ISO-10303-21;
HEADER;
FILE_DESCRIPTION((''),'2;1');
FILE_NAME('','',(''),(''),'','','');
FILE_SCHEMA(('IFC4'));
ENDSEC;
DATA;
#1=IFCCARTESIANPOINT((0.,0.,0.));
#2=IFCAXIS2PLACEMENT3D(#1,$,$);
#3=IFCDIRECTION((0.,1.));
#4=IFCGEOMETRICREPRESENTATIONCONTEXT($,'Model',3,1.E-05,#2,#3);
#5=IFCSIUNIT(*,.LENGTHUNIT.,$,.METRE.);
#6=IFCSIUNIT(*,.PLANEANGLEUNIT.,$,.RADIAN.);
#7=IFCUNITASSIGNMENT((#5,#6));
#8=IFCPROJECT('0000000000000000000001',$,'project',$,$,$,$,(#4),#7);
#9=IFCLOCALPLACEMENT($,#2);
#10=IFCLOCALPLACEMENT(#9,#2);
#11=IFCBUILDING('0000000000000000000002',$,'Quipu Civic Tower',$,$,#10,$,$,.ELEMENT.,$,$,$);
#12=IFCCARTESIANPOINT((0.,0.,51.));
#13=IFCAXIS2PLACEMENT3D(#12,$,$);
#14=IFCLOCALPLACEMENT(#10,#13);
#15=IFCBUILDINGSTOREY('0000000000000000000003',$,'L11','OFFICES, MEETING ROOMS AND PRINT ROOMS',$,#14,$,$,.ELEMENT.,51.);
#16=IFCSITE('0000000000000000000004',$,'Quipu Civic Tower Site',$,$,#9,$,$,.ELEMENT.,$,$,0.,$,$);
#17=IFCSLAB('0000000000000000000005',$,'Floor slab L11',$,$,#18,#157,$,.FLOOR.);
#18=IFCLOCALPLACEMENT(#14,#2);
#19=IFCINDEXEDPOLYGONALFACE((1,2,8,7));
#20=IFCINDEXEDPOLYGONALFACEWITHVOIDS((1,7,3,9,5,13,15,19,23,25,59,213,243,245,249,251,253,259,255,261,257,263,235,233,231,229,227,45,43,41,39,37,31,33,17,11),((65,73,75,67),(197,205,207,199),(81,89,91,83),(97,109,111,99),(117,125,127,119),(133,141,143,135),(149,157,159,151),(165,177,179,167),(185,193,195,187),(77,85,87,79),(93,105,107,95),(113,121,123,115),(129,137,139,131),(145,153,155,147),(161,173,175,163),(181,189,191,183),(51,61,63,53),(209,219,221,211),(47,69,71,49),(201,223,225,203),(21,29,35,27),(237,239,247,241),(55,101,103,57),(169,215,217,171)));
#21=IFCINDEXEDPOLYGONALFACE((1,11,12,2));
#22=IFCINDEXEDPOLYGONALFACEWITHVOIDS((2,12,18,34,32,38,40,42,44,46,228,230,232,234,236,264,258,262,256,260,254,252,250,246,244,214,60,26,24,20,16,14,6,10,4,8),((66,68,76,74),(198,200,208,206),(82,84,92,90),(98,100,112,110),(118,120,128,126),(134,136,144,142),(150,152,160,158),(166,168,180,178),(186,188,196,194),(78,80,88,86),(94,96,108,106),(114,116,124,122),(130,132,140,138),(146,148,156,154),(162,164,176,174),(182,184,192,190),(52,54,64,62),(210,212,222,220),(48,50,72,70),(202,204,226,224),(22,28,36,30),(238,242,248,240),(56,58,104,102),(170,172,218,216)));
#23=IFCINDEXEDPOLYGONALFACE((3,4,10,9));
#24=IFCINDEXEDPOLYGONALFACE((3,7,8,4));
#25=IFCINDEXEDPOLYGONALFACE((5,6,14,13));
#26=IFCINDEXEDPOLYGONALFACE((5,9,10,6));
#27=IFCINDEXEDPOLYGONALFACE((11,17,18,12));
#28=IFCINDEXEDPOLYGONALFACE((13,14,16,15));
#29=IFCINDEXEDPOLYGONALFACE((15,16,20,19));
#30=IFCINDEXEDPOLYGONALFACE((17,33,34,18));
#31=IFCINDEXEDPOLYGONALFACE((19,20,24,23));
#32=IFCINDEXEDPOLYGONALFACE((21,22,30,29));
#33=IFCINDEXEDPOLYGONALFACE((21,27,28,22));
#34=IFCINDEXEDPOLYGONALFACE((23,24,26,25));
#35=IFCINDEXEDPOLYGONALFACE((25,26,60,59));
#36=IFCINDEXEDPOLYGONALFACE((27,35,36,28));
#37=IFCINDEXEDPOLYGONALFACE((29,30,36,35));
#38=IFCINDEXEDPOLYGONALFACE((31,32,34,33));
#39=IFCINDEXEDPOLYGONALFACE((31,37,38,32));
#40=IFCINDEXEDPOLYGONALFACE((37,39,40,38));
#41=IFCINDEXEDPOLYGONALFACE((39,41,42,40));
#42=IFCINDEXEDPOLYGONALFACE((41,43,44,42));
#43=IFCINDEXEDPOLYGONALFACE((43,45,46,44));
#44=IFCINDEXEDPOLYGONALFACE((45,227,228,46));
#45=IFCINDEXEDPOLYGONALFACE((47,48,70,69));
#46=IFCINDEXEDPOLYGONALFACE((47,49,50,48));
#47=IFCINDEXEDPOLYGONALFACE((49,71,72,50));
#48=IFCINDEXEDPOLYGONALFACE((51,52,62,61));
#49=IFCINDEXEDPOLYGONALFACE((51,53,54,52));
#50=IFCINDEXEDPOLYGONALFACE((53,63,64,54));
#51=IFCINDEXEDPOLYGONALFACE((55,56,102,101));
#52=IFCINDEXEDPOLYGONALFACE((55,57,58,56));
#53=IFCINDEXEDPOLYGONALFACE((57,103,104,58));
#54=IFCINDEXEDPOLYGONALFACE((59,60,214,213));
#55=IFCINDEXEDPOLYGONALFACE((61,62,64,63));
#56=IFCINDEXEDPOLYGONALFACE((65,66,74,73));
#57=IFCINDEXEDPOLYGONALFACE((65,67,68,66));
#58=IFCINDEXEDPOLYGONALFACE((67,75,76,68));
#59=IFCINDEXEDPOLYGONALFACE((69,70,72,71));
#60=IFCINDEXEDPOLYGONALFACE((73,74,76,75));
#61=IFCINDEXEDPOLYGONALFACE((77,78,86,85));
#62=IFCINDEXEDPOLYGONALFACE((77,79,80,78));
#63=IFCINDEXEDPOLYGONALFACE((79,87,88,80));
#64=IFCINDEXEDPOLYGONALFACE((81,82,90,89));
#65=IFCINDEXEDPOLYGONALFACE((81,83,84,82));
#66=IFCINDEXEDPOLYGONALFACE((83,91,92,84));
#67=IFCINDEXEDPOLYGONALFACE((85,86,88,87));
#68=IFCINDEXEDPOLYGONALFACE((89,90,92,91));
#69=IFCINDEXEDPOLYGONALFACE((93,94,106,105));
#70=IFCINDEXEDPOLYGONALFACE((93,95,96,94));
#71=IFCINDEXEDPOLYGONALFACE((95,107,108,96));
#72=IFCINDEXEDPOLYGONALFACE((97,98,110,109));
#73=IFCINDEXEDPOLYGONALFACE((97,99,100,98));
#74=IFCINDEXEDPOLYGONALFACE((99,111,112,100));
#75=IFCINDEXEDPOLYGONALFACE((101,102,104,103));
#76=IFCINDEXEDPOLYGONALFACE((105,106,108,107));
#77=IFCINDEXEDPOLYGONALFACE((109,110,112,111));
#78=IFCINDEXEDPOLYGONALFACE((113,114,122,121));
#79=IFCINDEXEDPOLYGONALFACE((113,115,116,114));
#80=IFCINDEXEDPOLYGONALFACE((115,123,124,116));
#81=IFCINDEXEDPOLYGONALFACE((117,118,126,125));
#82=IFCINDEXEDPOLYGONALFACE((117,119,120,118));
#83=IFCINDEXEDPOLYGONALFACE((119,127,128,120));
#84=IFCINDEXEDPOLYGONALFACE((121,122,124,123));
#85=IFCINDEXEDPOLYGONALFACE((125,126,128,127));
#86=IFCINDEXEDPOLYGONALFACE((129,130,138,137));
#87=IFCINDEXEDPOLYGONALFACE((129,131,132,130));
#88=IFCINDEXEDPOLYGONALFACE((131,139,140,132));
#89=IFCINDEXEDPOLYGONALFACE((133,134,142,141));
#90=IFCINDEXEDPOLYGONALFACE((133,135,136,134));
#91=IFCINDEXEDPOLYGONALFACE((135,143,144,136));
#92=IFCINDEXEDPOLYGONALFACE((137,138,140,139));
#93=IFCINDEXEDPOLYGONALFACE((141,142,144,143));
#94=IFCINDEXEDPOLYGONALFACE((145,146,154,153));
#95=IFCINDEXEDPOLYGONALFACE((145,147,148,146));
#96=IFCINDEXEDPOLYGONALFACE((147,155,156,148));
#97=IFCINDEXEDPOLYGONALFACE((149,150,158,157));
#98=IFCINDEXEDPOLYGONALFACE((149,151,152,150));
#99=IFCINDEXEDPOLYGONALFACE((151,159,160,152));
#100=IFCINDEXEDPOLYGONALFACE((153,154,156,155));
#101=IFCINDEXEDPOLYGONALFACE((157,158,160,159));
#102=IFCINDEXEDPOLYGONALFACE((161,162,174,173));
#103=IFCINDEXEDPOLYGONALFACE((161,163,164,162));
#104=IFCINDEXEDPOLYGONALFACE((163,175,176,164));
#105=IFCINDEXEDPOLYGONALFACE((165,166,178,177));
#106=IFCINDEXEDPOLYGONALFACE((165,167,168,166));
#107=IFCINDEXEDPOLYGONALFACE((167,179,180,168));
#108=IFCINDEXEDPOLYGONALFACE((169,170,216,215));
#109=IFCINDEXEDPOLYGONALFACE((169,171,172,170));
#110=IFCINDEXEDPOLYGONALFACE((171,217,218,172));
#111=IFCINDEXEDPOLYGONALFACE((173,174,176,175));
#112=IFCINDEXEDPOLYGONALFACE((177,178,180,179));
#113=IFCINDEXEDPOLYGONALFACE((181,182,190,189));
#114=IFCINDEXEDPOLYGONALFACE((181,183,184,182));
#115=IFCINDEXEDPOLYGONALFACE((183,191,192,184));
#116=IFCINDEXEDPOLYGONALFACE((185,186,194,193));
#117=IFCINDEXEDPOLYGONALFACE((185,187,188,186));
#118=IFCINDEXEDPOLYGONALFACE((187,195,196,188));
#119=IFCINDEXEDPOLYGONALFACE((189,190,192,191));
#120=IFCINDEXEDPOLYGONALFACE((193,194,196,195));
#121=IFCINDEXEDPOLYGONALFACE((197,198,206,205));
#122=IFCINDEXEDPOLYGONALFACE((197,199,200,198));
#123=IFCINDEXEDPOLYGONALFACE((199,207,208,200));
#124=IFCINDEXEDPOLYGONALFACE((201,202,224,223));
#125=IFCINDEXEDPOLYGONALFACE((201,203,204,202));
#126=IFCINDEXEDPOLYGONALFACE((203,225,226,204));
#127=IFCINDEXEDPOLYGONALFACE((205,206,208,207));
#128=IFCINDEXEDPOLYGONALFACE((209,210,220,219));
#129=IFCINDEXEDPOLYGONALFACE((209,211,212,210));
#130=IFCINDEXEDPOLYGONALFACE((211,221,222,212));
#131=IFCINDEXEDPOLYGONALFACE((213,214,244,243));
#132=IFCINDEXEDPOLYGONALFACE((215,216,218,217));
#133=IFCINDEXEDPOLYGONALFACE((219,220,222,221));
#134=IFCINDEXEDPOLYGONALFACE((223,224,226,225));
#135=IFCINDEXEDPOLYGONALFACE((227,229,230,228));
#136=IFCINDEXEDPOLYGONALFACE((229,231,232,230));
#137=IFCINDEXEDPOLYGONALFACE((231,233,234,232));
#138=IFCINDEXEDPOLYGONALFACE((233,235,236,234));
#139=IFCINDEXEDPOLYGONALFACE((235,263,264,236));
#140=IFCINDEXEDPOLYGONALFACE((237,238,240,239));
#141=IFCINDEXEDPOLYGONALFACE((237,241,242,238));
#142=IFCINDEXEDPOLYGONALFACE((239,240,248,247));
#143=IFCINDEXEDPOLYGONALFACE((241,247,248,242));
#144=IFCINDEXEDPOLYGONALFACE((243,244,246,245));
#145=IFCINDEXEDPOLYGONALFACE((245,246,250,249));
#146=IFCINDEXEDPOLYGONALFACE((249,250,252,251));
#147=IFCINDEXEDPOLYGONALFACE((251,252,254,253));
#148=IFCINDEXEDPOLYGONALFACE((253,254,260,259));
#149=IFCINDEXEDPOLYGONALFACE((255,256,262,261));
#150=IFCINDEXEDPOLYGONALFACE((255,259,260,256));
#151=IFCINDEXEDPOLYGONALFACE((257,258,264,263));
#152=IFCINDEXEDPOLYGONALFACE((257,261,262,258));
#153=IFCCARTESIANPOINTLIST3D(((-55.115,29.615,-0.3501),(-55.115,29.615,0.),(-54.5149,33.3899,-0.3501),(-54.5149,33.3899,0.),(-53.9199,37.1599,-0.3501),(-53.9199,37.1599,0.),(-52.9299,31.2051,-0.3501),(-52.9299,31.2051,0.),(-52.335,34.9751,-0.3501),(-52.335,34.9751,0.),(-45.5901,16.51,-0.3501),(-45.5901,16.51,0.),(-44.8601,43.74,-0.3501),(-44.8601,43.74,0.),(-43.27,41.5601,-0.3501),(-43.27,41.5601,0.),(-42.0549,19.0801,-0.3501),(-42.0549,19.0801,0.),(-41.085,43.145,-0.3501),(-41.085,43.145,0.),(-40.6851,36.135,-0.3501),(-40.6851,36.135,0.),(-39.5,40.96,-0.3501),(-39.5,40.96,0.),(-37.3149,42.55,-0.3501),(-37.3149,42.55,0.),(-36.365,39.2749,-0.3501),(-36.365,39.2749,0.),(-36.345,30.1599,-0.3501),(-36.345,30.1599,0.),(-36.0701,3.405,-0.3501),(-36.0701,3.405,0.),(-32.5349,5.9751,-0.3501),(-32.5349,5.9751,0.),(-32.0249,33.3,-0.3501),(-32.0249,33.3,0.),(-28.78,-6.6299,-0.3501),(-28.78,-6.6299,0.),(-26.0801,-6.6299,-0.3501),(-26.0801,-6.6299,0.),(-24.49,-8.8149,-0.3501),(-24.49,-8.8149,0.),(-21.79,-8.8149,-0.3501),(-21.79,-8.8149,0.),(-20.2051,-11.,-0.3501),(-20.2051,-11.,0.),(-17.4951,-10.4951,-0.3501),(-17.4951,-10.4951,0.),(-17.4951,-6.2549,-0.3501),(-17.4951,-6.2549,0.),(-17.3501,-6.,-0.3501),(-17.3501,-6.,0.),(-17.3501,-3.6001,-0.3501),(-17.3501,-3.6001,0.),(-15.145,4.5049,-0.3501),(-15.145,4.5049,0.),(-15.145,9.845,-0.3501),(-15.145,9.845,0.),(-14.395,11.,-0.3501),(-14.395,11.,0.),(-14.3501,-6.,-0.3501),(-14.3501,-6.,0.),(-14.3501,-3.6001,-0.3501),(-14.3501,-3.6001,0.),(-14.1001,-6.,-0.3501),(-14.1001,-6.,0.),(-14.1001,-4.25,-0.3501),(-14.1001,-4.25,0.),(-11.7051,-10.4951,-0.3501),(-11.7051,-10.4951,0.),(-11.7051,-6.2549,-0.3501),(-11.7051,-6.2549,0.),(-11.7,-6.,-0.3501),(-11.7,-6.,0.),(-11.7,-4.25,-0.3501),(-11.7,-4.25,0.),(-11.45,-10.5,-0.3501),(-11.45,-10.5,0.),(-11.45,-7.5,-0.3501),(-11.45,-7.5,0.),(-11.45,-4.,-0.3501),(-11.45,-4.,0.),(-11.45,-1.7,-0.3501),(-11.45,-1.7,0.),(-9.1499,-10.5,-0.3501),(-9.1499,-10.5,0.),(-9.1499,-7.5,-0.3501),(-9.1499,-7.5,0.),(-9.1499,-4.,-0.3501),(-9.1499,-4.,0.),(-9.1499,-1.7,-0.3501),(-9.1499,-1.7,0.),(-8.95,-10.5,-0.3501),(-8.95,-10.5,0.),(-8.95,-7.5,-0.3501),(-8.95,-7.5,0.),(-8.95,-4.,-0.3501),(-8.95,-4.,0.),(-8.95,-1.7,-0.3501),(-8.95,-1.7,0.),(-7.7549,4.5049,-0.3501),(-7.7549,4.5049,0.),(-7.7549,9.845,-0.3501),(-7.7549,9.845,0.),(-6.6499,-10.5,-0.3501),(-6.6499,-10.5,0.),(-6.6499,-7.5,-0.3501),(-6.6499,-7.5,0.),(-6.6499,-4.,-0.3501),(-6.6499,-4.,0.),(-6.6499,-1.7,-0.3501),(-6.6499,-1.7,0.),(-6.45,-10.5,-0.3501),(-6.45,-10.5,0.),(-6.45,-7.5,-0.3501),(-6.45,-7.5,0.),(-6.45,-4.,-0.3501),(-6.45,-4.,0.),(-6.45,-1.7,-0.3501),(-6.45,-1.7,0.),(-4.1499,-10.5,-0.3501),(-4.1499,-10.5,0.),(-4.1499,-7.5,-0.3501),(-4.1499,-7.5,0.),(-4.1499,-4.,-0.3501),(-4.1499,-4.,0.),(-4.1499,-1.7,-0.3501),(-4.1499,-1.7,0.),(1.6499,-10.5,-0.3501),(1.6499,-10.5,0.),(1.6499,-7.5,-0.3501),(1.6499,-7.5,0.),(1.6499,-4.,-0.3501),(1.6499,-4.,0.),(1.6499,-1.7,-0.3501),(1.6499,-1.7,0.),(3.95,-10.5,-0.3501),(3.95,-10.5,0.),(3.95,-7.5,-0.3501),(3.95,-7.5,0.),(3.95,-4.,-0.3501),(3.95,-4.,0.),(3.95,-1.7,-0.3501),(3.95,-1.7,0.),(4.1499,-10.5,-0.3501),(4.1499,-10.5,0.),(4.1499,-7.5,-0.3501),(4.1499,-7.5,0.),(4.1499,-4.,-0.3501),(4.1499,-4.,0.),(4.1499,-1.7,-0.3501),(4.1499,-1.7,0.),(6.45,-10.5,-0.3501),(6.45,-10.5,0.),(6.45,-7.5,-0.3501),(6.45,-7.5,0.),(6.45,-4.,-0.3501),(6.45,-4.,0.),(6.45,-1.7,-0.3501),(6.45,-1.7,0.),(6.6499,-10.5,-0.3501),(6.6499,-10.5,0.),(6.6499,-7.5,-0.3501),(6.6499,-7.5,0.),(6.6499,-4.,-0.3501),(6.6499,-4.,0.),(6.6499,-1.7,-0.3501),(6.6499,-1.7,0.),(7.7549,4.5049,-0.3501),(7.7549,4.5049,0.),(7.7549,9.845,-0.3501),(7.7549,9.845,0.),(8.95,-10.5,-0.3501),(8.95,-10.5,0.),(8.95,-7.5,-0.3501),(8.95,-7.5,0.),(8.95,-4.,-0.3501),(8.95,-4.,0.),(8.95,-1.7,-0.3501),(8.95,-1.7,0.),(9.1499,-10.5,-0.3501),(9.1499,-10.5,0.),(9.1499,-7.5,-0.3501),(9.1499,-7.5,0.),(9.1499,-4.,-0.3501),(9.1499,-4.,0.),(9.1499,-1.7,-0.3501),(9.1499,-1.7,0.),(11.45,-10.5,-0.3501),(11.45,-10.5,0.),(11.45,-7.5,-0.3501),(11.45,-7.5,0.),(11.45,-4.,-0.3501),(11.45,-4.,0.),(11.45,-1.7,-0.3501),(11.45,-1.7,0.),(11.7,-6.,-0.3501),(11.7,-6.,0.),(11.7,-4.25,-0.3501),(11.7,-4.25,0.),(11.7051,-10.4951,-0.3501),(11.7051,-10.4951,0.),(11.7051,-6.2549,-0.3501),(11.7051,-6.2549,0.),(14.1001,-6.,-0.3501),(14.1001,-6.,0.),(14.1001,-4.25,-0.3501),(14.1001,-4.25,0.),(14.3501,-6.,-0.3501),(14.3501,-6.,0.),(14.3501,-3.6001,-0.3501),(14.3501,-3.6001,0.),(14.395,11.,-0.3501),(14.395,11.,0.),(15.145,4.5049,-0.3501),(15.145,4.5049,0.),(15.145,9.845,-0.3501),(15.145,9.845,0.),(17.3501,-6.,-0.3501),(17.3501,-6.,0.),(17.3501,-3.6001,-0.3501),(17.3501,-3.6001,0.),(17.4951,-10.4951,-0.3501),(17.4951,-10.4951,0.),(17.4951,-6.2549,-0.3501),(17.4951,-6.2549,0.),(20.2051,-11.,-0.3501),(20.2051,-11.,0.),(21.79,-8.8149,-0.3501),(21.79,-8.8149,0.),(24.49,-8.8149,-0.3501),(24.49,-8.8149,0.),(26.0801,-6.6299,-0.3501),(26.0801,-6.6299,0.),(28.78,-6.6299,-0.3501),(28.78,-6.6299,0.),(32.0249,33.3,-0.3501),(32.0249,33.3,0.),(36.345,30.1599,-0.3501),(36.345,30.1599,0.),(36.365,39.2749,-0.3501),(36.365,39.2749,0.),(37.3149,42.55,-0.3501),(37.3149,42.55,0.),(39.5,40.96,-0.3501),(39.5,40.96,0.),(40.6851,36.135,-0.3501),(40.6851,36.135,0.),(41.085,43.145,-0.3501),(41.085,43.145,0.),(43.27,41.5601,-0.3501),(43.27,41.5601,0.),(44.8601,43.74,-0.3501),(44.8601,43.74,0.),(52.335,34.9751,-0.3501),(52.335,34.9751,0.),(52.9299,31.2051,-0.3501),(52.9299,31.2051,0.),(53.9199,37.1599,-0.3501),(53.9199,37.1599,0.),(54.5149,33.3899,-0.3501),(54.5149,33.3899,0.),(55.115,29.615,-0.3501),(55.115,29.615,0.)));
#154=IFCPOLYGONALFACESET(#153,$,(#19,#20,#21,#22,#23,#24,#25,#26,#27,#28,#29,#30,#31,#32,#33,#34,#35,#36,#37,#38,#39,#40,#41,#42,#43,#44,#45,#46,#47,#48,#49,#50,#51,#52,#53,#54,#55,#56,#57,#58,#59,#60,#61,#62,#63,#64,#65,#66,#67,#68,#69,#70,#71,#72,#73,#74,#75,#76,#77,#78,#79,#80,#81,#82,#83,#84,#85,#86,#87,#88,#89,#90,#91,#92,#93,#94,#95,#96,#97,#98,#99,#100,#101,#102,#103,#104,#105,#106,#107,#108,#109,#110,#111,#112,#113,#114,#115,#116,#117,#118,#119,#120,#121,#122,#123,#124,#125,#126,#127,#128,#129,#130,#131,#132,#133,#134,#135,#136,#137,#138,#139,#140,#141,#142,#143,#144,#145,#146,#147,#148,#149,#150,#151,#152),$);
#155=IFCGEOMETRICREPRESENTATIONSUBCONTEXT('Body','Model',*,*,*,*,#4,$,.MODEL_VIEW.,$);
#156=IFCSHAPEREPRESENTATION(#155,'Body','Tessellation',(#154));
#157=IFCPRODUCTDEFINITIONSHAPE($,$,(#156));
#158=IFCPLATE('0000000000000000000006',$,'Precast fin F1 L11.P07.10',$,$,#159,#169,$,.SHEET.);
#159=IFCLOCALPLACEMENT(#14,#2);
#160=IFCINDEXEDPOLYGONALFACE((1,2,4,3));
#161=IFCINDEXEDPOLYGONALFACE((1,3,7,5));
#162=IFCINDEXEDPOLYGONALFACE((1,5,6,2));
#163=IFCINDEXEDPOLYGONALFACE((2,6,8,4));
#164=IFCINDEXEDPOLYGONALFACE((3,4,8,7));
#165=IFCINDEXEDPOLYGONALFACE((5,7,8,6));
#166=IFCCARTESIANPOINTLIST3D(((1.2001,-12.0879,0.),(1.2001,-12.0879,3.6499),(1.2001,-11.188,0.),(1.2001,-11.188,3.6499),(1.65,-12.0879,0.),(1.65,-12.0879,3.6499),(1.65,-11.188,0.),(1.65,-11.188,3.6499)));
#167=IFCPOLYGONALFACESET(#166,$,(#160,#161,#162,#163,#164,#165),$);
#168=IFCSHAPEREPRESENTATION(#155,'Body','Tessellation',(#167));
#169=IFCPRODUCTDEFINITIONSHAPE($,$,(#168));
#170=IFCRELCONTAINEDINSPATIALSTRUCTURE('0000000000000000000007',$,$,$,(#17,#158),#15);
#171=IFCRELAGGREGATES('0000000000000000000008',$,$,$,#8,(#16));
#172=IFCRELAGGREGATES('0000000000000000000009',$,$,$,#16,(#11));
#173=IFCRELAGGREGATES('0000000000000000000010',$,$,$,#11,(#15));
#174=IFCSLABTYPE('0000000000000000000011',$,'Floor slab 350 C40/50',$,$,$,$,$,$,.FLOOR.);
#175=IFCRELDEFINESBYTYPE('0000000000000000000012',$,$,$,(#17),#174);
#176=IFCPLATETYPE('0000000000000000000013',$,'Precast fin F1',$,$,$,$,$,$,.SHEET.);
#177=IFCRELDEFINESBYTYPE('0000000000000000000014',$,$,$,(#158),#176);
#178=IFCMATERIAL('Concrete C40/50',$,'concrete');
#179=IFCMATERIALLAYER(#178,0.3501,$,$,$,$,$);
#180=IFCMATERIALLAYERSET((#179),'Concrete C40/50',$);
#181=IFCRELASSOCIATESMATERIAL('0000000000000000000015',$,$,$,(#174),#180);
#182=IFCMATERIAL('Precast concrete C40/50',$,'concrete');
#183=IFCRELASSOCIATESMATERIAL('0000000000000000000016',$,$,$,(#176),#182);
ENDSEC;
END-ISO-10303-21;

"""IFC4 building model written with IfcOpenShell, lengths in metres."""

from ifc_helpers import new_model, si_unit, direction, frame, origin, origin_2d, place, context, subcontext, project, spatial, polyline, rectangle, outline, extrude, material, layer, layer_set, type_object, element, save


model = new_model("IFC4")

# Units and contexts
model_context = context("Model", 3, precision=1e-05, world=origin(), true_north=direction((0.0, 1.0)))
body_context = subcontext(model_context, "Body", "Model", "MODEL_VIEW")
ifc_project = project(units=[si_unit("LENGTHUNIT", "METRE"), si_unit("PLANEANGLEUNIT", "RADIAN")], contexts=[model_context])

# Site, building, storey
site_placement = place(None, origin())
site = spatial("IfcSite", under=ifc_project, at=site_placement, Name="Quipu Civic Tower Site", CompositionType="ELEMENT", RefElevation=0.0)
building_placement = place(site_placement, origin())
building = spatial("IfcBuilding", under=site, at=building_placement, Name="Quipu Civic Tower", CompositionType="ELEMENT")
storey_placement = place(building_placement, frame((0.0, 0.0, 51.0)))
storey = spatial("IfcBuildingStorey", under=building, at=storey_placement, Name="L11", Description="OFFICES, MEETING ROOMS AND PRINT ROOMS", CompositionType="ELEMENT", Elevation=51.0)

# Slab
ifc_material_1 = material(Name="Concrete C40/50", Category="concrete")
ifc_layer_1 = layer(ifc_material_1, 0.3501)
ifc_layer_set_1 = layer_set([ifc_layer_1], Name="Concrete C40/50")
slab_type_1 = type_object("IfcSlabType", Name="Floor slab 350 C40/50", PredefinedType="FLOOR", material=ifc_layer_set_1)
slab_1_placement = place(storey_placement, frame((0.0, 0.0, -0.3501)))
element("IfcSlab", 1, at=slab_1_placement, inside=storey, type_object=slab_type_1, Name="Floor slab L11", PredefinedType="FLOOR", context=body_context, shape_type="SweptSolid", body=[
    extrude(outline(polyline([(-54.5149, 33.3899), (-52.335, 34.9751), (-53.9199, 37.1599), (-44.8601, 43.74), (-43.27, 41.5601), (-41.085, 43.145), (-39.5, 40.96), (-37.3149, 42.55), (-14.395, 11.0), (14.395, 11.0), (37.3149, 42.55), (39.5, 40.96), (41.085, 43.145), (43.27, 41.5601), (44.8601, 43.74), (53.9199, 37.1599), (52.335, 34.9751), (54.5149, 33.3899), (52.9299, 31.2051), (55.115, 29.615), (28.78, -6.6299), (26.0801, -6.6299), (24.49, -8.8149), (21.79, -8.8149), (20.2051, -11.0), (-20.2051, -11.0), (-21.79, -8.8149), (-24.49, -8.8149), (-26.0801, -6.6299), (-28.78, -6.6299), (-36.0701, 3.405), (-32.5349, 5.9751), (-42.0549, 19.0801), (-45.5901, 16.51), (-55.115, 29.615), (-52.9299, 31.2051), (-54.5149, 33.3899)]), holes=[polyline([(-11.45, -7.5), (-11.45, -10.5), (-9.1499, -10.5), (-9.1499, -7.5), (-11.45, -7.5)]), polyline([(-6.6499, -7.5), (-8.95, -7.5), (-8.95, -10.5), (-6.6499, -10.5), (-6.6499, -7.5)]), polyline([(-4.1499, -7.5), (-6.45, -7.5), (-6.45, -10.5), (-4.1499, -10.5), (-4.1499, -7.5)]), polyline([(1.6499, -7.5), (1.6499, -10.5), (3.95, -10.5), (3.95, -7.5), (1.6499, -7.5)]), polyline([(-11.7051, -10.4951), (-11.7051, -6.2549), (-17.4951, -6.2549), (-17.4951, -10.4951), (-11.7051, -10.4951)]), polyline([(-11.7, -4.25), (-14.1001, -4.25), (-14.1001, -6.0), (-11.7, -6.0), (-11.7, -4.25)]), polyline([(-17.3501, -3.6001), (-17.3501, -6.0), (-14.3501, -6.0), (-14.3501, -3.6001), (-17.3501, -3.6001)]), polyline([(-9.1499, -1.7), (-11.45, -1.7), (-11.45, -4.0), (-9.1499, -4.0), (-9.1499, -1.7)]), polyline([(-6.6499, -1.7), (-8.95, -1.7), (-8.95, -4.0), (-6.6499, -4.0), (-6.6499, -1.7)]), polyline([(-6.45, -1.7), (-6.45, -4.0), (-4.1499, -4.0), (-4.1499, -1.7), (-6.45, -1.7)]), polyline([(-7.7549, 4.5049), (-7.7549, 9.845), (-15.145, 9.845), (-15.145, 4.5049), (-7.7549, 4.5049)]), polyline([(-36.365, 39.2749), (-40.6851, 36.135), (-36.345, 30.1599), (-32.0249, 33.3), (-36.365, 39.2749)]), polyline([(4.1499, -7.5), (4.1499, -10.5), (6.45, -10.5), (6.45, -7.5), (4.1499, -7.5)]), polyline([(8.95, -7.5), (6.6499, -7.5), (6.6499, -10.5), (8.95, -10.5), (8.95, -7.5)]), polyline([(11.45, -7.5), (9.1499, -7.5), (9.1499, -10.5), (11.45, -10.5), (11.45, -7.5)]), polyline([(11.7051, -10.4951), (17.4951, -10.4951), (17.4951, -6.2549), (11.7051, -6.2549), (11.7051, -10.4951)]), polyline([(14.1001, -4.25), (11.7, -4.25), (11.7, -6.0), (14.1001, -6.0), (14.1001, -4.25)]), polyline([(17.3501, -3.6001), (14.3501, -3.6001), (14.3501, -6.0), (17.3501, -6.0), (17.3501, -3.6001)]), polyline([(1.6499, -1.7), (1.6499, -4.0), (3.95, -4.0), (3.95, -1.7), (1.6499, -1.7)]), polyline([(6.45, -1.7), (4.1499, -1.7), (4.1499, -4.0), (6.45, -4.0), (6.45, -1.7)]), polyline([(8.95, -1.7), (6.6499, -1.7), (6.6499, -4.0), (8.95, -4.0), (8.95, -1.7)]), polyline([(9.1499, -1.7), (9.1499, -4.0), (11.45, -4.0), (11.45, -1.7), (9.1499, -1.7)]), polyline([(7.7549, 9.845), (7.7549, 4.5049), (15.145, 4.5049), (15.145, 9.845), (7.7549, 9.845)]), polyline([(40.6851, 36.135), (36.365, 39.2749), (32.0249, 33.3), (36.345, 30.1599), (40.6851, 36.135)])]), origin(), (0.0, 0.0, 1.0), 0.3501),
])

# Plate
ifc_material_2 = material(Name="Precast concrete C40/50", Category="concrete")
plate_type = type_object("IfcPlateType", Name="Precast fin F1", PredefinedType="SHEET", material=ifc_material_2)
for number, where, z_axis, x_axis, name in (
    (2, (1.425, -11.6379, 0.0), (0.0, 0.0, 1.0), (1.0, 0.0, 0.0), "Precast fin F1 L11.P07.10"),
):
    element("IfcPlate", number, at=place(storey_placement, frame(where, z_axis=z_axis, x_axis=x_axis)), inside=storey, type_object=plate_type, Name=name, PredefinedType="SHEET", context=body_context, shape_type="SweptSolid", body=[
        extrude(rectangle(XDim=0.45, YDim=0.8999, at=origin_2d()), origin(), (0.0, 0.0, 1.0), 3.6499),
    ])

save(model, "model.ifc")
